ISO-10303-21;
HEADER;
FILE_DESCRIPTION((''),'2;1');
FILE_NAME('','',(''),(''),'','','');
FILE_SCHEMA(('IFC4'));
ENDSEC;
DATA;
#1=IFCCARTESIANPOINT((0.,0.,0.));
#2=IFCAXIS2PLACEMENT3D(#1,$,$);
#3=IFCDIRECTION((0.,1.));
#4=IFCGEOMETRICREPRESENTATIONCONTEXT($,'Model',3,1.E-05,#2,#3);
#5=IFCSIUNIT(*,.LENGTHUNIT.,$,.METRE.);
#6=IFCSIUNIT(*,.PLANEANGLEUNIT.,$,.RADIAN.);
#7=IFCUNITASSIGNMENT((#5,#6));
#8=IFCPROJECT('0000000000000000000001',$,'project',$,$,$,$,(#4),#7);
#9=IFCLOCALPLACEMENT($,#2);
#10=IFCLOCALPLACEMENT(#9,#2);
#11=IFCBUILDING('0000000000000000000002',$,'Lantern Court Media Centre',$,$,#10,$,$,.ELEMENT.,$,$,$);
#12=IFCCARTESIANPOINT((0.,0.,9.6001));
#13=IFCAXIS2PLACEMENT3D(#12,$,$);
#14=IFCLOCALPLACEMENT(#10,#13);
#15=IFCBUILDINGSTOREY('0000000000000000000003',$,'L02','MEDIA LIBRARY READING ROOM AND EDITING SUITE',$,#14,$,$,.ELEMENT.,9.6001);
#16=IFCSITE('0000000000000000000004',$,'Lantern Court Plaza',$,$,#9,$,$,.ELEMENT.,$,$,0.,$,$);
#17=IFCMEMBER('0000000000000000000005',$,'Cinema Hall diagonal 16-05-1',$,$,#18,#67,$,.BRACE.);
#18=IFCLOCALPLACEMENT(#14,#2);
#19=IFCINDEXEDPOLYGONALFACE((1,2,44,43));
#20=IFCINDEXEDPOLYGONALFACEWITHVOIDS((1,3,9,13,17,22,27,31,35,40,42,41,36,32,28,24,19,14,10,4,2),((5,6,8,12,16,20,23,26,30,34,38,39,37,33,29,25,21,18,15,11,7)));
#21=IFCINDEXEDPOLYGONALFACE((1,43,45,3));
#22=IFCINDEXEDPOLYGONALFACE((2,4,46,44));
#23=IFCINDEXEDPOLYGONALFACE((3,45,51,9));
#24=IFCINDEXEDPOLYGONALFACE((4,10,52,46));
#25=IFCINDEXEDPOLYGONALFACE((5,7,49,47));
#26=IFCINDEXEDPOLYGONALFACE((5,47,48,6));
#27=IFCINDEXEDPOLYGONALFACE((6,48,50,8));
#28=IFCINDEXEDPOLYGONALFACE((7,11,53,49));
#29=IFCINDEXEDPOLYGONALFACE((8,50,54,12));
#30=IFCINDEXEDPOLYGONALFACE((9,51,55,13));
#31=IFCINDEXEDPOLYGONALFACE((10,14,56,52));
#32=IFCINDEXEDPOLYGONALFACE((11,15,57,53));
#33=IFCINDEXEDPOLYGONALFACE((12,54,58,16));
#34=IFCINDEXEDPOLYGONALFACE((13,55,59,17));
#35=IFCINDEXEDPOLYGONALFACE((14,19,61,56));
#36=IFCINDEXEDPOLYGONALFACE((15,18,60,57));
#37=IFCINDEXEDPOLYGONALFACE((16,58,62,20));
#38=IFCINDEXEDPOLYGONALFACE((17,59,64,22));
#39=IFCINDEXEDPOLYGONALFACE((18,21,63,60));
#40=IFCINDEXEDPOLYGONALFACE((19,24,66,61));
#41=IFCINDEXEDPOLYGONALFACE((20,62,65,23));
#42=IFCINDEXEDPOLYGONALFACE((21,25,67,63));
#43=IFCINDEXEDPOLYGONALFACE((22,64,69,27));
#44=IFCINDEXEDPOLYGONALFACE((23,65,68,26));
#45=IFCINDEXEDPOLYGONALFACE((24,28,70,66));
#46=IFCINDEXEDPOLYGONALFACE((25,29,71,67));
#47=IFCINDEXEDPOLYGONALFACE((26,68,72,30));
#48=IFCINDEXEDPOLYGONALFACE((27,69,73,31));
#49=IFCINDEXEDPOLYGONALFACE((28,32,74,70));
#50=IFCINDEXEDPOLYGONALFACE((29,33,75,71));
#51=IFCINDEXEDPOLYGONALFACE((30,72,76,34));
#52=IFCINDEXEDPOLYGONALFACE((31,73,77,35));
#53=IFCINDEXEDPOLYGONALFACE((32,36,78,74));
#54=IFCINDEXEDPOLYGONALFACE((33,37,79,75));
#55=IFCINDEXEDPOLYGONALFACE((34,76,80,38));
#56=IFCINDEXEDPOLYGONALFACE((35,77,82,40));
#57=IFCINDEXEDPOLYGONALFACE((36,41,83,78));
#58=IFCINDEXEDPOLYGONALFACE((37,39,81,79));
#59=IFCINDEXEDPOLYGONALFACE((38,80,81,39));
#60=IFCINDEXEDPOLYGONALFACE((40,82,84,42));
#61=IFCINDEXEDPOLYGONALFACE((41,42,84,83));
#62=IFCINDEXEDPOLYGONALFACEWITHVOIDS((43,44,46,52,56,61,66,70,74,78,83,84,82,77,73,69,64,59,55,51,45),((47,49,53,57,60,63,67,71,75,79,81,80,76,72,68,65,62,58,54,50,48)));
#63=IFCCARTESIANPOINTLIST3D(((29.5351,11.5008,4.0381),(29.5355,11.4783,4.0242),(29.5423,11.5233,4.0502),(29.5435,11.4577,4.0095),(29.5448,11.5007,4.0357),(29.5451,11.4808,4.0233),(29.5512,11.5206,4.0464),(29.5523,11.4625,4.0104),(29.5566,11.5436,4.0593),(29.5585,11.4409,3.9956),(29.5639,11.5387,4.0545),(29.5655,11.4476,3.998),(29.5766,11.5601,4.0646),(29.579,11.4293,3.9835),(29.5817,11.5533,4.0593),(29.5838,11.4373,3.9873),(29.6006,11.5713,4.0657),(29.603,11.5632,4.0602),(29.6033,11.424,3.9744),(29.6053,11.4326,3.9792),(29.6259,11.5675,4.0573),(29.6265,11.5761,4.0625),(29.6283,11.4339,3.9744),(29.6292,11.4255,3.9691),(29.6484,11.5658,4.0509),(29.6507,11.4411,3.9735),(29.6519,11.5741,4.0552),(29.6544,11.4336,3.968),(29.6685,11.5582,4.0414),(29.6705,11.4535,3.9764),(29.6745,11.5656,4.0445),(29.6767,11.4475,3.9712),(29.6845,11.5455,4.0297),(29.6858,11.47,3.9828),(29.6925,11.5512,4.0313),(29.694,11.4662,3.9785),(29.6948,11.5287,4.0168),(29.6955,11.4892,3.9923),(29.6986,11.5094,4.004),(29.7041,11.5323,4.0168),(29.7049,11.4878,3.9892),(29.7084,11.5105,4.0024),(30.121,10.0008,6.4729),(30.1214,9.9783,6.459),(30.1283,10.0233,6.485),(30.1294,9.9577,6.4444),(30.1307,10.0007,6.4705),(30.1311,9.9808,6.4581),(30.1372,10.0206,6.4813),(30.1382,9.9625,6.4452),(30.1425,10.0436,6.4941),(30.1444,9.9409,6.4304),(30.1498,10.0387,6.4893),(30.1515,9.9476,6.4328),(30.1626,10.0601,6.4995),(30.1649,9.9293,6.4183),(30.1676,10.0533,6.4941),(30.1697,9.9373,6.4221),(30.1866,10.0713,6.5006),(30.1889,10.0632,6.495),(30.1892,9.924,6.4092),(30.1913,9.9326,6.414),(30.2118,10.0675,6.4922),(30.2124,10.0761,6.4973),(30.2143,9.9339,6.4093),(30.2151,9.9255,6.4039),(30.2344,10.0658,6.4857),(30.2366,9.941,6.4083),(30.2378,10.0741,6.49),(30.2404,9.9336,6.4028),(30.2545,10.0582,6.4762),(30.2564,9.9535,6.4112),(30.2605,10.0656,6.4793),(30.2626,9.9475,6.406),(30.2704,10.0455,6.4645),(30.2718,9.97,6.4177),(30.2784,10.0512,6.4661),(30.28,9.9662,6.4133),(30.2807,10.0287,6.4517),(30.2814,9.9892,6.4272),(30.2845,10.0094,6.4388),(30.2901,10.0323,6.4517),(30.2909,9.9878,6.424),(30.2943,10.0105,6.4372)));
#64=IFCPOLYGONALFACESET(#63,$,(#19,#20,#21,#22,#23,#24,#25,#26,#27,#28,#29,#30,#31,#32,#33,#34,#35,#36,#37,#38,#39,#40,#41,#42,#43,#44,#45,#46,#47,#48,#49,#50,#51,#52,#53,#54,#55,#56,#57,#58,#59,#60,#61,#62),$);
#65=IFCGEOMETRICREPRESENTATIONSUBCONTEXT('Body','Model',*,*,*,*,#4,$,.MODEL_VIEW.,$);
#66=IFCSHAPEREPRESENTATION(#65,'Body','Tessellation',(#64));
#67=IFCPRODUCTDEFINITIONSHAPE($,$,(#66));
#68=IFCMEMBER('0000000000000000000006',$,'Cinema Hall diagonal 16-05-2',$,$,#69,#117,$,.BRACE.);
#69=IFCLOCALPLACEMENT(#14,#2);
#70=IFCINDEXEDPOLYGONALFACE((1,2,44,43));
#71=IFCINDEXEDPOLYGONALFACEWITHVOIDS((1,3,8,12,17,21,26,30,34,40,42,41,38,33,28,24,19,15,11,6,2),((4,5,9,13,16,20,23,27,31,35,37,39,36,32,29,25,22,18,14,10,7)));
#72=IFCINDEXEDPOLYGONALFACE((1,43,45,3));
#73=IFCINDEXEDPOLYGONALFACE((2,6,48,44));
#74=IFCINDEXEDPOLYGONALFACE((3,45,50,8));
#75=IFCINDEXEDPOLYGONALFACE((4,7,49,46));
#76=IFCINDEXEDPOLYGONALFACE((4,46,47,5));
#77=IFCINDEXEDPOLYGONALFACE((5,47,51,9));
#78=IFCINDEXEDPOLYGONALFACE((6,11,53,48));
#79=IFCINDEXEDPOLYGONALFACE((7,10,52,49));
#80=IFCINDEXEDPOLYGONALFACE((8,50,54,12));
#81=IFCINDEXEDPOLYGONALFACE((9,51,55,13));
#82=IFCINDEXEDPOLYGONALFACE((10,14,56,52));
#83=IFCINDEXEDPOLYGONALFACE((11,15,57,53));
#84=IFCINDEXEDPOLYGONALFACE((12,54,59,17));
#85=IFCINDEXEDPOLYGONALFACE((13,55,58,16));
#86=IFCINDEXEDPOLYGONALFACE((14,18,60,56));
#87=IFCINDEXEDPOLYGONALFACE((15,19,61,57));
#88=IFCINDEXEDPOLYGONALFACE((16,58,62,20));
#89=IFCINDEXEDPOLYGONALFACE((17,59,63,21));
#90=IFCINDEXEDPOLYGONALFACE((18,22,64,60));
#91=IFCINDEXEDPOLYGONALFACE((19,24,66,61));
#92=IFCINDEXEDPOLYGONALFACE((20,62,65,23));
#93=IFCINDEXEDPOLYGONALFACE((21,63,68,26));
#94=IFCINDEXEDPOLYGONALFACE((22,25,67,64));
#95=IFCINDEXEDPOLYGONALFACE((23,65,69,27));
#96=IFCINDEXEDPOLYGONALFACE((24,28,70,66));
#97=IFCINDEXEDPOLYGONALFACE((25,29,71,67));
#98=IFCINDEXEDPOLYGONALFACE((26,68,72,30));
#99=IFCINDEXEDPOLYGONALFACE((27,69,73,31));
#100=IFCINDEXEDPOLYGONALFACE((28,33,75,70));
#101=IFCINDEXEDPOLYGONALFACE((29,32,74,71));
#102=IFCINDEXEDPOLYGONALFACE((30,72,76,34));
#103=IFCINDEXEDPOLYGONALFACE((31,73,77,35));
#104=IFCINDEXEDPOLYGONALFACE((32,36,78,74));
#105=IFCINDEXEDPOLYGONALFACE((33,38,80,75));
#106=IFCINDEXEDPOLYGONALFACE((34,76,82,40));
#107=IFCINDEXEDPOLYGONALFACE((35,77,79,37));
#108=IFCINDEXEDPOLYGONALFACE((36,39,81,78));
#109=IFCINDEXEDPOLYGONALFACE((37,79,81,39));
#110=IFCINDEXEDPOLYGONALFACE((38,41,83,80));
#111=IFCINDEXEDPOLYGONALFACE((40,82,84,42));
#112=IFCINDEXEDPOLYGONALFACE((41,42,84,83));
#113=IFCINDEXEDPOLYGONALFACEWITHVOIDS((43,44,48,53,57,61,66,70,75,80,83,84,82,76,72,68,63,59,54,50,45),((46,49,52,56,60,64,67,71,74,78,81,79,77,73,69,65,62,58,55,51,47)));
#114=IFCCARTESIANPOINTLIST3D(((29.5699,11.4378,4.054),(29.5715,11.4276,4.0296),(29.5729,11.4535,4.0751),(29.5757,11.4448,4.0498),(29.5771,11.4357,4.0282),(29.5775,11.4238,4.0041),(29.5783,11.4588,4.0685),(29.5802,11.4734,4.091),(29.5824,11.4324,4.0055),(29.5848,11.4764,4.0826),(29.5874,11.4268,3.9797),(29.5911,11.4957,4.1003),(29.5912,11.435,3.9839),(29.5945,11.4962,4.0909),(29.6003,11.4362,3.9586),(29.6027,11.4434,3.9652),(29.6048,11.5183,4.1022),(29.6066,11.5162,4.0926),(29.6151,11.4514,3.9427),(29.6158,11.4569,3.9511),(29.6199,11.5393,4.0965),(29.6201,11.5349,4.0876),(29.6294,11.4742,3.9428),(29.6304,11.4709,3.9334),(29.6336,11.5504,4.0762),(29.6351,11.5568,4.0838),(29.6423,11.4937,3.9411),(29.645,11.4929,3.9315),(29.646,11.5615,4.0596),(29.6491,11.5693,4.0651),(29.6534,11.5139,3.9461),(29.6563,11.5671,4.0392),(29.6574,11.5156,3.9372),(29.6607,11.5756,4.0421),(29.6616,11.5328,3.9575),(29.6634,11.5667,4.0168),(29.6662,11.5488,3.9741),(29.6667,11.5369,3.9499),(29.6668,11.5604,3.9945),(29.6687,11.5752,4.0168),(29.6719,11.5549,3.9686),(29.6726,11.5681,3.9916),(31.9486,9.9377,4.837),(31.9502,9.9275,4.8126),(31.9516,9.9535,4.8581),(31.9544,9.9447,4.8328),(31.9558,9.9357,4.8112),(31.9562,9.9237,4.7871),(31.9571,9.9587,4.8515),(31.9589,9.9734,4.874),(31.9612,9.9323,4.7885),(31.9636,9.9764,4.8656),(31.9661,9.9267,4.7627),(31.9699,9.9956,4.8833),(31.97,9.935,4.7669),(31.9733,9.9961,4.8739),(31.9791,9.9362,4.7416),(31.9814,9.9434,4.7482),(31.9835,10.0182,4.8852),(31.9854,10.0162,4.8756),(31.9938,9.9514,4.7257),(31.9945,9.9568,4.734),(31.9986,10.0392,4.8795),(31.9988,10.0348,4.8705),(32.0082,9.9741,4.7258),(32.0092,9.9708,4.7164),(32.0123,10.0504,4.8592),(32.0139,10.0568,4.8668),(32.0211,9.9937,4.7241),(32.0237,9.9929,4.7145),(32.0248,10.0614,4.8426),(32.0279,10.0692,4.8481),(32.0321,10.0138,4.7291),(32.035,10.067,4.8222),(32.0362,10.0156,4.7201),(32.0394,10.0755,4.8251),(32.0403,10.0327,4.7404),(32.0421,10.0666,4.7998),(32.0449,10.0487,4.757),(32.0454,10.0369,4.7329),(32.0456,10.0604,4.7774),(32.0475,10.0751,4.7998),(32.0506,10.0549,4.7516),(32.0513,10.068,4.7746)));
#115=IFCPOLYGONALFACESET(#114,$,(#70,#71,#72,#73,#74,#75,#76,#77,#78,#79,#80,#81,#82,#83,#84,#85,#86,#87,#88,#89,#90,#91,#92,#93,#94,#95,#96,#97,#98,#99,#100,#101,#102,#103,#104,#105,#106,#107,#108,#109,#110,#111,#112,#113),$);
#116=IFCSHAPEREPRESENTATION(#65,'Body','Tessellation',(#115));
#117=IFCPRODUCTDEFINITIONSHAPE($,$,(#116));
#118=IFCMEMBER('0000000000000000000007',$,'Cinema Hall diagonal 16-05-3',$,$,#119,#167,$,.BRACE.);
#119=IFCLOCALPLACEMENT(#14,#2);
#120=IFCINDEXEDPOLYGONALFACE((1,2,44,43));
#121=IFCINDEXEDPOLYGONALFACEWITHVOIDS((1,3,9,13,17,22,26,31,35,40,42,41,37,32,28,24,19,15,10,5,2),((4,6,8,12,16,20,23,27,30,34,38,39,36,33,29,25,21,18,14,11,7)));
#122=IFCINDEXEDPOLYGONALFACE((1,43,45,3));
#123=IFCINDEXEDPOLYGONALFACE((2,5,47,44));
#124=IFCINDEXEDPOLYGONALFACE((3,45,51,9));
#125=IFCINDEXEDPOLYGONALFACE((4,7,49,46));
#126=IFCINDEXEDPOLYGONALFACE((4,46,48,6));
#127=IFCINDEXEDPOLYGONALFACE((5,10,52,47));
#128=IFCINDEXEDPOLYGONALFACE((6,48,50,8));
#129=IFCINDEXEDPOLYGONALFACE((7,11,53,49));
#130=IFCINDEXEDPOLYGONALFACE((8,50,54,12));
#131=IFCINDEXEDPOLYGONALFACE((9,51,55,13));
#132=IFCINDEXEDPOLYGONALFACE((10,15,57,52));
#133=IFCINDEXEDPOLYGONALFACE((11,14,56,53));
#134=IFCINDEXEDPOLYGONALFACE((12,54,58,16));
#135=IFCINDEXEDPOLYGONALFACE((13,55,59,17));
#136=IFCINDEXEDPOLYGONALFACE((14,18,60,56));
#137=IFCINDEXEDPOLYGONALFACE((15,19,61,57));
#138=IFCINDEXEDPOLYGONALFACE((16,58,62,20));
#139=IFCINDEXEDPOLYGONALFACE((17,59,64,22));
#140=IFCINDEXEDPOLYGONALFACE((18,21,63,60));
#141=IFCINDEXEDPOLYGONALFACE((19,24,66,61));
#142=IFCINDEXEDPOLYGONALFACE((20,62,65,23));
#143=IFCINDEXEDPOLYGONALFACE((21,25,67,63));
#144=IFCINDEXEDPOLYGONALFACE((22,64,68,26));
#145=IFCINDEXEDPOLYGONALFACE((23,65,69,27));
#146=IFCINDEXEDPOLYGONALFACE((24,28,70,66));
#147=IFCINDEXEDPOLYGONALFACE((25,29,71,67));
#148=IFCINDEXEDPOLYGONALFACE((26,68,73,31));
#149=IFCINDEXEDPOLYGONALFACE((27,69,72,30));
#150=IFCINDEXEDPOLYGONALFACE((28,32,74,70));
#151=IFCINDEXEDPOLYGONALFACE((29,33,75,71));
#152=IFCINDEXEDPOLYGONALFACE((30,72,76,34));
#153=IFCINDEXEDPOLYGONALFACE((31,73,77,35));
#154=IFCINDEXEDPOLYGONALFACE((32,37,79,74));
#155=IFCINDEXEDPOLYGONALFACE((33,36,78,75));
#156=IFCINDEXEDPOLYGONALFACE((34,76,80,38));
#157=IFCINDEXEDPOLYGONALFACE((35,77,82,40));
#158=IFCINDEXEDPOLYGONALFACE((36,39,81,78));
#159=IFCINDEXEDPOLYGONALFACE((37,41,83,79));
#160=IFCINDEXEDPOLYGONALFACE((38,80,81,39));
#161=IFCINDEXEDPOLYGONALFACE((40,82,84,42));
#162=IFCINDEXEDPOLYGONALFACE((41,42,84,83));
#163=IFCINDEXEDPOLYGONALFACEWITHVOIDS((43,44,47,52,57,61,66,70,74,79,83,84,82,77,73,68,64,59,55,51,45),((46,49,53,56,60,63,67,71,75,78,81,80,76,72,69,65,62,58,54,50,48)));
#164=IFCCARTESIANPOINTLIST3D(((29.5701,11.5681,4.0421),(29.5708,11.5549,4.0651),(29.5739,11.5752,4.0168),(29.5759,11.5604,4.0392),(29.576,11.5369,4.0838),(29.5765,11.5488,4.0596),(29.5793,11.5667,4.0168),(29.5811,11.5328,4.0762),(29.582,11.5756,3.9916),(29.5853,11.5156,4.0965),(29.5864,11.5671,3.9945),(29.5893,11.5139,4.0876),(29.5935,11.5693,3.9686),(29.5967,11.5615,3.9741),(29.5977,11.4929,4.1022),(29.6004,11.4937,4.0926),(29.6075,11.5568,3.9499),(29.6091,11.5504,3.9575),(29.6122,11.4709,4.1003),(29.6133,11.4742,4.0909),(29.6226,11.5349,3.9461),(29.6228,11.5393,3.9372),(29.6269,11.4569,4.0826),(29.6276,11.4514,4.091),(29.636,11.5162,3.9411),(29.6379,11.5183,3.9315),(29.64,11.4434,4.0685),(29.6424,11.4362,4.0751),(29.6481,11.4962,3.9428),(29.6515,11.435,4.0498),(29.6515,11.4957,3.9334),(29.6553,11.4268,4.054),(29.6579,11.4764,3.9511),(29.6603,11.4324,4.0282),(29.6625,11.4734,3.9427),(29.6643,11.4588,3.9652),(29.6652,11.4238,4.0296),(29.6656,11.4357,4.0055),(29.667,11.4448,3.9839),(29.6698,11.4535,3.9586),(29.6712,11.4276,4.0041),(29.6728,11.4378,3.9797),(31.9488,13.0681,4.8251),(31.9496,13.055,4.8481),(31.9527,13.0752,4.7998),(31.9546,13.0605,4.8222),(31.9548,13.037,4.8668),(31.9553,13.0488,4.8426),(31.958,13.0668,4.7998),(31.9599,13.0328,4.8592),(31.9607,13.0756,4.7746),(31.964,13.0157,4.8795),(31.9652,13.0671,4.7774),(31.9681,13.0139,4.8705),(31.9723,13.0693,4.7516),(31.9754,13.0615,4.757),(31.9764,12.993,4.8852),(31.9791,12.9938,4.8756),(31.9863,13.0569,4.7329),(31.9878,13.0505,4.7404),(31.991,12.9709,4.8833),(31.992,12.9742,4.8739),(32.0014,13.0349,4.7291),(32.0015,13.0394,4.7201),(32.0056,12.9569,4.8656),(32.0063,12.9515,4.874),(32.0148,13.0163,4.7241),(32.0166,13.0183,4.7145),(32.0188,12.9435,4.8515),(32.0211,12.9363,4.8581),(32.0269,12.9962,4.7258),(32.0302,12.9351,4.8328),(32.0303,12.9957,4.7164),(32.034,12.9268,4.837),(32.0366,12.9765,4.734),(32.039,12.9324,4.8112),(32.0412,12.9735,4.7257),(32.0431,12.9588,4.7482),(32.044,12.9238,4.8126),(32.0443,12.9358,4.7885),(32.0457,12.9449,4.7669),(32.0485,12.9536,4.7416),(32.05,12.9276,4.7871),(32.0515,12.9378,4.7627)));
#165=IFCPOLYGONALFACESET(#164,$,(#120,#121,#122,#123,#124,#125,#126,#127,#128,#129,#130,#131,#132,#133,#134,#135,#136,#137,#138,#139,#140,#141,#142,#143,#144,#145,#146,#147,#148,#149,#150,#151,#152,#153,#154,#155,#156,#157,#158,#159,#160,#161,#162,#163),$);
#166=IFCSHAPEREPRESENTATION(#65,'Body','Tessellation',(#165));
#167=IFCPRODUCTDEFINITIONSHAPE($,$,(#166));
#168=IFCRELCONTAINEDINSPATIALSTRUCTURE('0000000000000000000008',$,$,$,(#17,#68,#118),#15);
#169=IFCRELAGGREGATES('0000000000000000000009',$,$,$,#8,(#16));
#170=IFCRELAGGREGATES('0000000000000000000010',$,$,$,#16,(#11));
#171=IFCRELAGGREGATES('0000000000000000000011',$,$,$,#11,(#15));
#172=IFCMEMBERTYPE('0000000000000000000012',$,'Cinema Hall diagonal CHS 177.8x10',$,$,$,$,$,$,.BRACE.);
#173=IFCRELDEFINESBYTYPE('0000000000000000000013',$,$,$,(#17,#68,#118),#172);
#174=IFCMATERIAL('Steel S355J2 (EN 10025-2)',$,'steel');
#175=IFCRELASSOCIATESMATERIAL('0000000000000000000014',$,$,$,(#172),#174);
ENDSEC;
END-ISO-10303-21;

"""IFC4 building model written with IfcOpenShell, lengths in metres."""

from ifc_helpers import new_model, si_unit, direction, frame, origin, origin_2d, place, context, subcontext, project, spatial, hollow_circle, extrude, material, material_profile, profile_set, type_object, element, save


model = new_model("IFC4")

# Units and contexts
model_context = context("Model", 3, precision=1e-05, world=origin(), true_north=direction((0.0, 1.0)))
body_context = subcontext(model_context, "Body", "Model", "MODEL_VIEW")
ifc_project = project(units=[si_unit("LENGTHUNIT", "METRE"), si_unit("PLANEANGLEUNIT", "RADIAN")], contexts=[model_context])

# Site, building, storey
site_placement = place(None, origin())
site = spatial("IfcSite", under=ifc_project, at=site_placement, Name="Lantern Court Plaza", CompositionType="ELEMENT", RefElevation=0.0)
building_placement = place(site_placement, origin())
building = spatial("IfcBuilding", under=site, at=building_placement, Name="Lantern Court Media Centre", CompositionType="ELEMENT")
storey_placement = place(building_placement, frame((0.0, 0.0, 9.6001)))
storey = spatial("IfcBuildingStorey", under=building, at=storey_placement, Name="L02", Description="MEDIA LIBRARY READING ROOM AND EDITING SUITE", CompositionType="ELEMENT", Elevation=9.6001)

# Members
ifc_material_1 = material(Name="Steel S355J2 (EN 10025-2)", Category="steel")
ifc_material_profile_1 = material_profile(ifc_material_1, hollow_circle(Radius=0.0889, WallThickness=0.01, at=origin_2d()), Name="Cinema Hall diagonal CHS 177.8x10")
ifc_profile_set_1 = profile_set([ifc_material_profile_1], Name="Steel S355J2 (EN 10025-2)")
member_type_1 = type_object("IfcMemberType", Name="Cinema Hall diagonal CHS 177.8x10", PredefinedType="BRACE", material=ifc_profile_set_1)
for number, where, z_axis, x_axis, name in (
    (1, (29.6213, 11.5, 4.0168), (0.20072, -0.513842, 0.834073), (0.931457, 0.363851, 0.0), "Cinema Hall diagonal 16-05-1"),
    (2, (29.6213, 11.5, 4.0168), (0.814866, -0.51386, 0.268221), (0.533405, 0.84586, 0.0), "Cinema Hall diagonal 16-05-2"),
    (3, (29.6213, 11.5, 4.0168), (0.814866, 0.51386, 0.268221), (-0.533405, 0.84586, 0.0), "Cinema Hall diagonal 16-05-3"),
):
    element("IfcMember", number, at=place(storey_placement, frame(where, z_axis=z_axis, x_axis=x_axis)), inside=storey, type_object=member_type_1, Name=name, PredefinedType="BRACE", context=body_context, shape_type="SweptSolid", body=[
        extrude(hollow_circle(Radius=0.0889, WallThickness=0.01, at=origin_2d()), origin(), (0.0, 0.0, 1.0), 2.9192),
    ])

save(model, "model.ifc")
